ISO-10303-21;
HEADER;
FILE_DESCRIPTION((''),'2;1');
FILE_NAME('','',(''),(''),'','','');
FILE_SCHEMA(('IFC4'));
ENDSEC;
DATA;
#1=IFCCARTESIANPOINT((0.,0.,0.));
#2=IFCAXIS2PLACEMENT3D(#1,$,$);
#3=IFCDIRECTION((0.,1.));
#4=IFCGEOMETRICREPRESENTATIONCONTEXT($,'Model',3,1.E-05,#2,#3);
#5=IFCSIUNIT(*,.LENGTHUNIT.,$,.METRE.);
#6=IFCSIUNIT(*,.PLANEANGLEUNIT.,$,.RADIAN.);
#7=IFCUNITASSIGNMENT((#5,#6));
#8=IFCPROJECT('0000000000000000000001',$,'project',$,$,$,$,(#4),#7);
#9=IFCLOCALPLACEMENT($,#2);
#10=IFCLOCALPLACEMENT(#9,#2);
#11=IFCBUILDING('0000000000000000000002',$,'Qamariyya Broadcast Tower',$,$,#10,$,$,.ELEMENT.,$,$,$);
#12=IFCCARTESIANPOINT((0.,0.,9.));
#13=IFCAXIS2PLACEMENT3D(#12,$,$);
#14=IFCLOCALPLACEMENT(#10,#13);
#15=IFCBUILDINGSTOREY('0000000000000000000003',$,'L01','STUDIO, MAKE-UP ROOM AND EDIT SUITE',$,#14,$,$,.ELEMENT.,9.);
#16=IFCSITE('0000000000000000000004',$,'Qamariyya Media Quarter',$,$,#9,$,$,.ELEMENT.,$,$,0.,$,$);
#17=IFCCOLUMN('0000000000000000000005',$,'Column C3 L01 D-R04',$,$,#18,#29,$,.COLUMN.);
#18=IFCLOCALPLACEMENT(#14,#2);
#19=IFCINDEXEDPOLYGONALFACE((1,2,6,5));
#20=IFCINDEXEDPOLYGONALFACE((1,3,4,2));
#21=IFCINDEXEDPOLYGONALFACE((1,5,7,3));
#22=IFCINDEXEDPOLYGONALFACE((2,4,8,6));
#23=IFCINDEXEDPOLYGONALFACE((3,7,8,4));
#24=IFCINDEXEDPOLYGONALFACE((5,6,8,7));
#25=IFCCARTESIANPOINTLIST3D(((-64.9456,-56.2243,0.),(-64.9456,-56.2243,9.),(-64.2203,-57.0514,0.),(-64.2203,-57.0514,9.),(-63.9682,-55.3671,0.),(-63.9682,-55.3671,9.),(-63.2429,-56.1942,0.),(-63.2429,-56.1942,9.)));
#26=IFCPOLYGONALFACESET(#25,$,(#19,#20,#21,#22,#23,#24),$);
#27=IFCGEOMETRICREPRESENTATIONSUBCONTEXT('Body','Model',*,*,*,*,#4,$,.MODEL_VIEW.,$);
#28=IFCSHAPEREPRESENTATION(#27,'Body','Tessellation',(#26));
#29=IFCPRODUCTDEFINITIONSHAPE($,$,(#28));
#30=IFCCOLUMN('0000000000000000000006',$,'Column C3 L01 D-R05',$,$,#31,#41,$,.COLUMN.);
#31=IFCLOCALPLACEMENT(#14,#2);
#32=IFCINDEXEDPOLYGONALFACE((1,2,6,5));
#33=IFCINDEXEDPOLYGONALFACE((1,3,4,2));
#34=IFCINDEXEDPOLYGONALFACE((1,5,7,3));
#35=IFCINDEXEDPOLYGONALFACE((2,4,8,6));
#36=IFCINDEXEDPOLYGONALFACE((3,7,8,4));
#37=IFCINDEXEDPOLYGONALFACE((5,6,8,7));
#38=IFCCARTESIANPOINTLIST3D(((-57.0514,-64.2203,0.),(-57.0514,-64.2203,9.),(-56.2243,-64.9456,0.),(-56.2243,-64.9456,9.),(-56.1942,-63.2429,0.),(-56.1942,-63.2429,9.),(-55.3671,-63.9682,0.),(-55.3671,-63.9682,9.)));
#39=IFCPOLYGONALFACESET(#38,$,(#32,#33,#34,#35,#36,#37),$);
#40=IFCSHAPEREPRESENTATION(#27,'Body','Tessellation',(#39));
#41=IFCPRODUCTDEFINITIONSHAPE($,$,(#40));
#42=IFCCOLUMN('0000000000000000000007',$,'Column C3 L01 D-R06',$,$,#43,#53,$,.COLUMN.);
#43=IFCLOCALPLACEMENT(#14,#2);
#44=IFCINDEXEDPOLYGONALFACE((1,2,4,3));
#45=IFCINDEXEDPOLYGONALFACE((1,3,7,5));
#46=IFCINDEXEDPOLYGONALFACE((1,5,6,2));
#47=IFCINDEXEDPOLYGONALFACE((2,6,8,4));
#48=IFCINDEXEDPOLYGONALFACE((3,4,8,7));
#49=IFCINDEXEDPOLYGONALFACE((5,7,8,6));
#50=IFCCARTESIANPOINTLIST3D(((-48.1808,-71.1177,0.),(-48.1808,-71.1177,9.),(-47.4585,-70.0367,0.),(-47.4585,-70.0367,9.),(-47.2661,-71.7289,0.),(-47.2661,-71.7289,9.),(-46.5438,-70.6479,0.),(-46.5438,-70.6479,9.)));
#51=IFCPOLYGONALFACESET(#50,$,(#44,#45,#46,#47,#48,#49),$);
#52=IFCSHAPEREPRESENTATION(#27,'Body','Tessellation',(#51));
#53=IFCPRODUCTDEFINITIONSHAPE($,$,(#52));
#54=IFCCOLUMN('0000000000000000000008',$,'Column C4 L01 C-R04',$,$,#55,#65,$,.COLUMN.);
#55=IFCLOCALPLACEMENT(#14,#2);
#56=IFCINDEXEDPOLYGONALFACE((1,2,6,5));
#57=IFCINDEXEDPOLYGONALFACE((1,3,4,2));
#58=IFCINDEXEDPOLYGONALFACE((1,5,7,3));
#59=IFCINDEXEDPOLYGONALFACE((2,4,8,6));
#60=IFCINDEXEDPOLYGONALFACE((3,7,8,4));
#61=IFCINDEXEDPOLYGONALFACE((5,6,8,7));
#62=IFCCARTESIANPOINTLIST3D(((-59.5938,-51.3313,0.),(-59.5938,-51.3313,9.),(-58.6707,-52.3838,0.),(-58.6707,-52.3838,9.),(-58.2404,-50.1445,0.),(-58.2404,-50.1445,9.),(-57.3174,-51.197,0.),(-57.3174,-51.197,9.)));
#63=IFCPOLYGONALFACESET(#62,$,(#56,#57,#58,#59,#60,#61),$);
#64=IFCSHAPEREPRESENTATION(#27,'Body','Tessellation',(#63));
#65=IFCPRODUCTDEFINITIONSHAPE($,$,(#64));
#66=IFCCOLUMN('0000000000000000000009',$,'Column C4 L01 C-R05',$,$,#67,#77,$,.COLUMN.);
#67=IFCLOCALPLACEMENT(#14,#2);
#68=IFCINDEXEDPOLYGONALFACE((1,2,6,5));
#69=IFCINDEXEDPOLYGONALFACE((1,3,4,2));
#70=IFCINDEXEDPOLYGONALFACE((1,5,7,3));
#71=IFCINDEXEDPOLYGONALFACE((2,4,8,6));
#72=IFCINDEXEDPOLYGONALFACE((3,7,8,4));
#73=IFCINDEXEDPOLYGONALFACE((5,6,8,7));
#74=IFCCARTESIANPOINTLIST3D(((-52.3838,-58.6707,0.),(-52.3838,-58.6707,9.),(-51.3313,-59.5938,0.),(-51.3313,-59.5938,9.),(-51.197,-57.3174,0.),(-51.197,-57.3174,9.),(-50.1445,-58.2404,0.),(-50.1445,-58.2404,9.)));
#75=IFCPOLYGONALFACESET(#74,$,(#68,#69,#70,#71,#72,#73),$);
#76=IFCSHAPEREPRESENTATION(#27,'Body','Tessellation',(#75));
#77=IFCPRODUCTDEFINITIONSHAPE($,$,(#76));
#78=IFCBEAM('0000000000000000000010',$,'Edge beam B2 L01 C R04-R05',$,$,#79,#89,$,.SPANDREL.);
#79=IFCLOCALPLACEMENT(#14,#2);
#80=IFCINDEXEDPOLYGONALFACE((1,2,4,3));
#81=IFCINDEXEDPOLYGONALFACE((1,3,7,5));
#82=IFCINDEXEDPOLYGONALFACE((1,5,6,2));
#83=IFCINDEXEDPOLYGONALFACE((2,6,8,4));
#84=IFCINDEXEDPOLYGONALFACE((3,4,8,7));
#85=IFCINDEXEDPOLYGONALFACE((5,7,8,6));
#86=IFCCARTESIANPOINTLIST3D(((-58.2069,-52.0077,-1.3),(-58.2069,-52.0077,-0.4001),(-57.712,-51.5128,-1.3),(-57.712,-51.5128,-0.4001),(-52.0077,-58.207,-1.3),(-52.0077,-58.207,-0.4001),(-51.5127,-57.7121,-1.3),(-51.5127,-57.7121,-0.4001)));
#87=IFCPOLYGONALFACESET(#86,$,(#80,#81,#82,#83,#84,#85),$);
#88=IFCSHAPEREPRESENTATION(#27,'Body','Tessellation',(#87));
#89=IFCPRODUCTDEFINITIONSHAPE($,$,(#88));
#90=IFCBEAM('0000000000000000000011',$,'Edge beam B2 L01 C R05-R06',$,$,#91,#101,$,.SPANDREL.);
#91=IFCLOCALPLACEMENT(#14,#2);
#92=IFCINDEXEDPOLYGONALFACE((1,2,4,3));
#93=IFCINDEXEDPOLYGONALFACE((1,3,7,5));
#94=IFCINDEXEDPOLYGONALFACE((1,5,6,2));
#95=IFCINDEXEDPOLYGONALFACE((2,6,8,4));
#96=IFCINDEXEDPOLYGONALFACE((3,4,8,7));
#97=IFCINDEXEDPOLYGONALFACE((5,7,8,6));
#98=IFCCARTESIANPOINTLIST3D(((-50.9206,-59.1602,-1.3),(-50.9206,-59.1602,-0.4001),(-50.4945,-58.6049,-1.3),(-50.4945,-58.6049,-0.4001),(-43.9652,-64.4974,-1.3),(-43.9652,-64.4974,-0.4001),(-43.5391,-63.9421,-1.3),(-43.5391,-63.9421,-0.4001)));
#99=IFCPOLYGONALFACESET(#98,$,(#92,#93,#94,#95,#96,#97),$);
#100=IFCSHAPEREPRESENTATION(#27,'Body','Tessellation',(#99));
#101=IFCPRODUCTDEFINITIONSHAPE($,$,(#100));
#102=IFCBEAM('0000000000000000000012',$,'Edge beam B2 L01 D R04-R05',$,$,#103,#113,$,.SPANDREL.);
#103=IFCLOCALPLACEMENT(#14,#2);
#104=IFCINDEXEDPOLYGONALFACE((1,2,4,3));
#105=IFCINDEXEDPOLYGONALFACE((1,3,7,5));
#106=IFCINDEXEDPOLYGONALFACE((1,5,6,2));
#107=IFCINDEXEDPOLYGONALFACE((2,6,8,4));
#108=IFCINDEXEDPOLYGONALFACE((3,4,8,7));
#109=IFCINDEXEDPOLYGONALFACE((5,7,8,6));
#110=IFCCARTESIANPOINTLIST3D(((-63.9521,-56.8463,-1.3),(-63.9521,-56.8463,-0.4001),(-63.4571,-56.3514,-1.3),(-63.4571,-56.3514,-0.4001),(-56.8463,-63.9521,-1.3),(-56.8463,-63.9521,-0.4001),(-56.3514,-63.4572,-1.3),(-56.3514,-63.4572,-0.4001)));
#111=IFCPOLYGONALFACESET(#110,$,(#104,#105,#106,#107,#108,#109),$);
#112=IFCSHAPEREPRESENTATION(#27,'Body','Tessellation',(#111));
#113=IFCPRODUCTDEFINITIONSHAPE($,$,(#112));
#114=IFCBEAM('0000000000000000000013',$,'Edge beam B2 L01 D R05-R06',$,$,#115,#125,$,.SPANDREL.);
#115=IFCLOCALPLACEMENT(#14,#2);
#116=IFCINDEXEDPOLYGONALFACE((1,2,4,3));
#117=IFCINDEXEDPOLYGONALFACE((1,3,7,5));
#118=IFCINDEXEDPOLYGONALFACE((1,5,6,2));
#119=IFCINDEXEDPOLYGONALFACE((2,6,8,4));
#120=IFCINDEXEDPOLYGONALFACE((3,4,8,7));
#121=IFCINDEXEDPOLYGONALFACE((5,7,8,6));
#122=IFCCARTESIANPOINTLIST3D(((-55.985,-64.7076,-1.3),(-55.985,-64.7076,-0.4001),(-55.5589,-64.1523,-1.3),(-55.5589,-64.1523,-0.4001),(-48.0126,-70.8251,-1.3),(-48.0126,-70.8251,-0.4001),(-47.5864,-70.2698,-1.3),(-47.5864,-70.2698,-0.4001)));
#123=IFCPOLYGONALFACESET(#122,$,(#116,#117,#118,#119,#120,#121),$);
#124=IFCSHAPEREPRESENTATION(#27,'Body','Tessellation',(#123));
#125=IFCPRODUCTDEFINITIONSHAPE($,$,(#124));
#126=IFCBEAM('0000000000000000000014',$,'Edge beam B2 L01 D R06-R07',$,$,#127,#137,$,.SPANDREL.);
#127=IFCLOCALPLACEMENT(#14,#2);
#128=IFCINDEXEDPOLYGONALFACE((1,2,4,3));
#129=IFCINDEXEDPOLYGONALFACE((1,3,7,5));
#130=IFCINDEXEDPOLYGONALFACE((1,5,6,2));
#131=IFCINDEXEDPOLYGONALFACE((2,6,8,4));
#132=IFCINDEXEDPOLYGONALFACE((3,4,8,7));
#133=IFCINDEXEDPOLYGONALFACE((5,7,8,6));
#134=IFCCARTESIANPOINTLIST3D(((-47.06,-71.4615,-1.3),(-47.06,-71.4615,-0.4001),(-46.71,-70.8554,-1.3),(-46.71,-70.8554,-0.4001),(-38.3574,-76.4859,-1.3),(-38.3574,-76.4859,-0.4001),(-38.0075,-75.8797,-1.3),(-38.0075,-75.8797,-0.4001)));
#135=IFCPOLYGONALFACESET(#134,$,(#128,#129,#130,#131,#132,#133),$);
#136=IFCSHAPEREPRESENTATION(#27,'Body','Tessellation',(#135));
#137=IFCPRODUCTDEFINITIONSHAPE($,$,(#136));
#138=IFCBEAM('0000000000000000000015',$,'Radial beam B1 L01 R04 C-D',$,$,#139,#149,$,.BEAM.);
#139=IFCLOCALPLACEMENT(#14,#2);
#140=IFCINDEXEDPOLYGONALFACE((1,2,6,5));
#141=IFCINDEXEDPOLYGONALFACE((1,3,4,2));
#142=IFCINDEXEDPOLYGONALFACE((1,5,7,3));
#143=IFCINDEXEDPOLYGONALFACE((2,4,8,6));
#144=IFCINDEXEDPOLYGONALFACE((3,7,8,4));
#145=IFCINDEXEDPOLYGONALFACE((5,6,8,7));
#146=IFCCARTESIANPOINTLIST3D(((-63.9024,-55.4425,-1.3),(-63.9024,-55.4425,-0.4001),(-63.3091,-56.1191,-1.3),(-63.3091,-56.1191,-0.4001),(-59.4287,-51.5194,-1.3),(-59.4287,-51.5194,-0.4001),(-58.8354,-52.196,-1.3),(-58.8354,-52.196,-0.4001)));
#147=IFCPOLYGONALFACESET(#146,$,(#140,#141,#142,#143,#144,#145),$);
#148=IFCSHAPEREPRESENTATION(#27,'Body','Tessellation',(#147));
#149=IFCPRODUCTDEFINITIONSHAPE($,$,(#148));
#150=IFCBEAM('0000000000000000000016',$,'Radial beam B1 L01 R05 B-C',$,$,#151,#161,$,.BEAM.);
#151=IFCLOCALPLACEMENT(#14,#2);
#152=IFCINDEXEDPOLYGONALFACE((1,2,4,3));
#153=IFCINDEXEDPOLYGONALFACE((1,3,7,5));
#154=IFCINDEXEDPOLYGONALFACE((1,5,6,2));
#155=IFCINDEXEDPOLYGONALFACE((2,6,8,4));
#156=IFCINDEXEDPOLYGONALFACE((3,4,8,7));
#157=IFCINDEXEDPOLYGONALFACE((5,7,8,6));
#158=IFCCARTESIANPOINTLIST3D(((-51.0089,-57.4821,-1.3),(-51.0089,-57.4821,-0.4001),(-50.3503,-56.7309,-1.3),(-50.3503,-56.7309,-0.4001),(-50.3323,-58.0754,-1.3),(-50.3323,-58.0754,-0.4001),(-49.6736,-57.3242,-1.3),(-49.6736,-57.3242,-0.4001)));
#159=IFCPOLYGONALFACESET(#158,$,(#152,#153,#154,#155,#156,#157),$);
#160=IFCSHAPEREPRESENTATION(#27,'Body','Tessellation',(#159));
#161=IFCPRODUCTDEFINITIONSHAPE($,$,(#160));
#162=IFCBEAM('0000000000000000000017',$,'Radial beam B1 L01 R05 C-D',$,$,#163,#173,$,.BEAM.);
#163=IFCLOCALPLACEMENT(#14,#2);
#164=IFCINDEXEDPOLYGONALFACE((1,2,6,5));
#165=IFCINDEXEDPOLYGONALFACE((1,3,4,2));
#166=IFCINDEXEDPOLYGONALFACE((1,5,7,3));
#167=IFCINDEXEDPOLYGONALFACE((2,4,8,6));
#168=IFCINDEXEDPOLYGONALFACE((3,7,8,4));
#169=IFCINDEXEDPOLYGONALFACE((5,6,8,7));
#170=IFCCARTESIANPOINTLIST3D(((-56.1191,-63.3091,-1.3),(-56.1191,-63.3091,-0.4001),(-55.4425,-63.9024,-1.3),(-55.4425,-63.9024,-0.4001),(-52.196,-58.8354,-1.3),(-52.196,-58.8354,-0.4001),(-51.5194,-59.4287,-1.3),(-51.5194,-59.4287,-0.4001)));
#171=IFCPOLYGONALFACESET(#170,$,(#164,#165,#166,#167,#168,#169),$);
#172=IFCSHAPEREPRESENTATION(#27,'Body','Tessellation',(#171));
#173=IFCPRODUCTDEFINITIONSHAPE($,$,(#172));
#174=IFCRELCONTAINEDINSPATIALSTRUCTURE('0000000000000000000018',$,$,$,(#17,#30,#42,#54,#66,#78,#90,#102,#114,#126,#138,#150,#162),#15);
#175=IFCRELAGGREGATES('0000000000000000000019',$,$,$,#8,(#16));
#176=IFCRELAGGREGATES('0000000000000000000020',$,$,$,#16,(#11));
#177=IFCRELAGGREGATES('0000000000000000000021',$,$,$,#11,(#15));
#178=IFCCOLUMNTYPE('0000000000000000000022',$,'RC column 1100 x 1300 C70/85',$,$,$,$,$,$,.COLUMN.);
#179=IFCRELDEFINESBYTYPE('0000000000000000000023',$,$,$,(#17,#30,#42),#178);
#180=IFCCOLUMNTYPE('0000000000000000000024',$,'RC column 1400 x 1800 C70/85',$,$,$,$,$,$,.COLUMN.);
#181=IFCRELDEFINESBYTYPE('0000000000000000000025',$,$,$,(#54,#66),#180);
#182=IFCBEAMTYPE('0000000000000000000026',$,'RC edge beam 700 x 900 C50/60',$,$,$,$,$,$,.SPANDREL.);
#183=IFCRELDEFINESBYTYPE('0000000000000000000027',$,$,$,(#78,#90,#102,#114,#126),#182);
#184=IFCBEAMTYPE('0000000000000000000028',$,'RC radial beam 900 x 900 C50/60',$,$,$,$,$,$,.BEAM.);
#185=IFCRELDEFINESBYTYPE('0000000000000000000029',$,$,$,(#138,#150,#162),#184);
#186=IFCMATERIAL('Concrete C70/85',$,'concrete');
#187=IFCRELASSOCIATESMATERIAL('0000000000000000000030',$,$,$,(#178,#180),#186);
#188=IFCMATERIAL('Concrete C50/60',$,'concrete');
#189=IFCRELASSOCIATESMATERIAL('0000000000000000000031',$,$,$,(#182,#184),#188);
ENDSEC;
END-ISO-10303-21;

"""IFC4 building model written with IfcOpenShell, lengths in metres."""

from ifc_helpers import new_model, si_unit, direction, frame, origin, origin_2d, place, context, subcontext, project, spatial, rectangle, extrude, material, material_profile, profile_set, type_object, element, save


model = new_model("IFC4")

# Units and contexts
model_context = context("Model", 3, precision=1e-05, world=origin(), true_north=direction((0.0, 1.0)))
body_context = subcontext(model_context, "Body", "Model", "MODEL_VIEW")
ifc_project = project(units=[si_unit("LENGTHUNIT", "METRE"), si_unit("PLANEANGLEUNIT", "RADIAN")], contexts=[model_context])

# Site, building, storey
site_placement = place(None, origin())
site = spatial("IfcSite", under=ifc_project, at=site_placement, Name="Qamariyya Media Quarter", CompositionType="ELEMENT", RefElevation=0.0)
building_placement = place(site_placement, origin())
building = spatial("IfcBuilding", under=site, at=building_placement, Name="Qamariyya Broadcast Tower", CompositionType="ELEMENT")
storey_placement = place(building_placement, frame((0.0, 0.0, 9.0)))
storey = spatial("IfcBuildingStorey", under=building, at=storey_placement, Name="L01", Description="STUDIO, MAKE-UP ROOM AND EDIT SUITE", CompositionType="ELEMENT", Elevation=9.0)

# Columns
ifc_material_1 = material(Name="Concrete C70/85", Category="concrete")
ifc_material_profile_1 = material_profile(ifc_material_1, rectangle(XDim=1.1001, YDim=1.3, at=origin_2d()))
ifc_profile_set_1 = profile_set([ifc_material_profile_1], Name="Concrete C70/85")
column_type_1 = type_object("IfcColumnType", Name="RC column 1100 x 1300 C70/85", PredefinedType="COLUMN", material=ifc_profile_set_1)
for number, where, z_axis, x_axis, name in (
    (1, (-64.0942, -56.2092, 0.0), (0.0, 0.0, 1.0), (0.659346, -0.75184, 0.0), "Column C3 L01 D-R04"),
    (2, (-56.2092, -64.0942, 0.0), (0.0, 0.0, 1.0), (0.75184, -0.659346, 0.0), "Column C3 L01 D-R05"),
    (3, (-47.3623, -70.8828, 0.0), (0.0, 0.0, 1.0), (0.83147, -0.55557, 0.0), "Column C3 L01 D-R06"),
):
    element("IfcColumn", number, at=place(storey_placement, frame(where, z_axis=z_axis, x_axis=x_axis)), inside=storey, type_object=column_type_1, Name=name, PredefinedType="COLUMN", context=body_context, shape_type="SweptSolid", body=[
        extrude(rectangle(XDim=1.1001, YDim=1.3, at=origin_2d()), origin(), (0.0, 0.0, 1.0), 9.0),
    ])
ifc_material_profile_2 = material_profile(ifc_material_1, rectangle(XDim=1.3999, YDim=1.8, at=origin_2d()))
ifc_profile_set_2 = profile_set([ifc_material_profile_2], Name="Concrete C70/85")
column_type_2 = type_object("IfcColumnType", Name="RC column 1400 x 1800 C70/85", PredefinedType="COLUMN", material=ifc_profile_set_2)
for number, where, z_axis, x_axis, name in (
    (4, (-58.4556, -51.2642, 0.0), (0.0, 0.0, 1.0), (0.659346, -0.75184, 0.0), "Column C4 L01 C-R04"),
    (5, (-51.2642, -58.4556, 0.0), (0.0, 0.0, 1.0), (0.75184, -0.659346, 0.0), "Column C4 L01 C-R05"),
):
    element("IfcColumn", number, at=place(storey_placement, frame(where, z_axis=z_axis, x_axis=x_axis)), inside=storey, type_object=column_type_2, Name=name, PredefinedType="COLUMN", context=body_context, shape_type="SweptSolid", body=[
        extrude(rectangle(XDim=1.3999, YDim=1.8, at=origin_2d()), origin(), (0.0, 0.0, 1.0), 9.0),
    ])

# Beams
ifc_material_2 = material(Name="Concrete C50/60", Category="concrete")
ifc_material_profile_3 = material_profile(ifc_material_2, rectangle(XDim=0.7, YDim=0.8999, at=origin_2d()))
ifc_profile_set_3 = profile_set([ifc_material_profile_3], Name="Concrete C50/60")
beam_type_1 = type_object("IfcBeamType", Name="RC edge beam 700 x 900 C50/60", PredefinedType="SPANDREL", material=ifc_profile_set_3)
for number, where, z_axis, x_axis, name in (
    (6, (-57.9595, -51.7603, -0.8501), (0.707107, -0.707107, 0.0), (0.707107, 0.707107, 0.0), "Edge beam B2 L01 C R04-R05"),
    (7, (-50.7075, -58.8826, -0.8501), (0.793345, -0.608772, 0.0), (0.608772, 0.793345, 0.0), "Edge beam B2 L01 C R05-R06"),
):
    element("IfcBeam", number, at=place(storey_placement, frame(where, z_axis=z_axis, x_axis=x_axis)), inside=storey, type_object=beam_type_1, Name=name, PredefinedType="SPANDREL", context=body_context, shape_type="SweptSolid", body=[
        extrude(rectangle(XDim=0.7, YDim=0.8999, at=origin_2d()), origin(), (0.0, 0.0, 1.0), 8.7671),
    ])
for number, where, z_axis, x_axis, name in (
    (8, (-63.7046, -56.5989, -0.8501), (0.707107, -0.707107, 0.0), (0.707107, 0.707107, 0.0), "Edge beam B2 L01 D R04-R05"),
    (9, (-55.772, -64.4299, -0.8501), (0.793354, -0.60876, 0.0), (0.60876, 0.793354, 0.0), "Edge beam B2 L01 D R05-R06"),
):
    element("IfcBeam", number, at=place(storey_placement, frame(where, z_axis=z_axis, x_axis=x_axis)), inside=storey, type_object=beam_type_1, Name=name, PredefinedType="SPANDREL", context=body_context, shape_type="SweptSolid", body=[
        extrude(rectangle(XDim=0.7, YDim=0.8999, at=origin_2d()), origin(), (0.0, 0.0, 1.0), 10.0491),
    ])
beam_1_placement = place(storey_placement, frame((-46.885, -71.1584, -0.8501), z_axis=(0.866028, -0.499996, 0.0), x_axis=(0.499996, 0.866028, 0.0)))
element("IfcBeam", 10, at=beam_1_placement, inside=storey, type_object=beam_type_1, Name="Edge beam B2 L01 D R06-R07", PredefinedType="SPANDREL", context=body_context, shape_type="SweptSolid", body=[
    extrude(rectangle(XDim=0.7, YDim=0.8999, at=origin_2d()), origin(), (0.0, 0.0, 1.0), 10.0488),
])
ifc_material_profile_4 = material_profile(ifc_material_2, rectangle(XDim=0.8999, YDim=0.8999, at=origin_2d()))
ifc_profile_set_4 = profile_set([ifc_material_profile_4], Name="Concrete C50/60")
beam_type_2 = type_object("IfcBeamType", Name="RC radial beam 900 x 900 C50/60", PredefinedType="BEAM", material=ifc_profile_set_4)
beam_2_placement = place(storey_placement, frame((-59.1321, -51.8577, -0.8501), z_axis=(-0.751854, -0.659329, 0.0), x_axis=(0.659329, -0.751854, 0.0)))
element("IfcBeam", 11, at=beam_2_placement, inside=storey, type_object=beam_type_2, Name="Radial beam B1 L01 R04 C-D", PredefinedType="BEAM", context=body_context, shape_type="SweptSolid", body=[
    extrude(rectangle(XDim=0.8999, YDim=0.8999, at=origin_2d()), origin(), (0.0, 0.0, 1.0), 5.9502),
])
beam_3_placement = place(storey_placement, frame((-50.012, -57.0276, -0.8501), z_axis=(-0.659283, -0.751895, 0.0), x_axis=(0.751895, -0.659283, 0.0)))
element("IfcBeam", 12, at=beam_3_placement, inside=storey, type_object=beam_type_2, Name="Radial beam B1 L01 R05 B-C", PredefinedType="BEAM", context=body_context, shape_type="SweptSolid", body=[
    extrude(rectangle(XDim=0.8999, YDim=0.8999, at=origin_2d()), origin(), (0.0, 0.0, 1.0), 0.999),
])
beam_4_placement = place(storey_placement, frame((-51.8577, -59.1321, -0.8501), z_axis=(-0.659329, -0.751854, 0.0), x_axis=(0.751854, -0.659329, 0.0)))
element("IfcBeam", 13, at=beam_4_placement, inside=storey, type_object=beam_type_2, Name="Radial beam B1 L01 R05 C-D", PredefinedType="BEAM", context=body_context, shape_type="SweptSolid", body=[
    extrude(rectangle(XDim=0.8999, YDim=0.8999, at=origin_2d()), origin(), (0.0, 0.0, 1.0), 5.9502),
])

save(model, "model.ifc")
